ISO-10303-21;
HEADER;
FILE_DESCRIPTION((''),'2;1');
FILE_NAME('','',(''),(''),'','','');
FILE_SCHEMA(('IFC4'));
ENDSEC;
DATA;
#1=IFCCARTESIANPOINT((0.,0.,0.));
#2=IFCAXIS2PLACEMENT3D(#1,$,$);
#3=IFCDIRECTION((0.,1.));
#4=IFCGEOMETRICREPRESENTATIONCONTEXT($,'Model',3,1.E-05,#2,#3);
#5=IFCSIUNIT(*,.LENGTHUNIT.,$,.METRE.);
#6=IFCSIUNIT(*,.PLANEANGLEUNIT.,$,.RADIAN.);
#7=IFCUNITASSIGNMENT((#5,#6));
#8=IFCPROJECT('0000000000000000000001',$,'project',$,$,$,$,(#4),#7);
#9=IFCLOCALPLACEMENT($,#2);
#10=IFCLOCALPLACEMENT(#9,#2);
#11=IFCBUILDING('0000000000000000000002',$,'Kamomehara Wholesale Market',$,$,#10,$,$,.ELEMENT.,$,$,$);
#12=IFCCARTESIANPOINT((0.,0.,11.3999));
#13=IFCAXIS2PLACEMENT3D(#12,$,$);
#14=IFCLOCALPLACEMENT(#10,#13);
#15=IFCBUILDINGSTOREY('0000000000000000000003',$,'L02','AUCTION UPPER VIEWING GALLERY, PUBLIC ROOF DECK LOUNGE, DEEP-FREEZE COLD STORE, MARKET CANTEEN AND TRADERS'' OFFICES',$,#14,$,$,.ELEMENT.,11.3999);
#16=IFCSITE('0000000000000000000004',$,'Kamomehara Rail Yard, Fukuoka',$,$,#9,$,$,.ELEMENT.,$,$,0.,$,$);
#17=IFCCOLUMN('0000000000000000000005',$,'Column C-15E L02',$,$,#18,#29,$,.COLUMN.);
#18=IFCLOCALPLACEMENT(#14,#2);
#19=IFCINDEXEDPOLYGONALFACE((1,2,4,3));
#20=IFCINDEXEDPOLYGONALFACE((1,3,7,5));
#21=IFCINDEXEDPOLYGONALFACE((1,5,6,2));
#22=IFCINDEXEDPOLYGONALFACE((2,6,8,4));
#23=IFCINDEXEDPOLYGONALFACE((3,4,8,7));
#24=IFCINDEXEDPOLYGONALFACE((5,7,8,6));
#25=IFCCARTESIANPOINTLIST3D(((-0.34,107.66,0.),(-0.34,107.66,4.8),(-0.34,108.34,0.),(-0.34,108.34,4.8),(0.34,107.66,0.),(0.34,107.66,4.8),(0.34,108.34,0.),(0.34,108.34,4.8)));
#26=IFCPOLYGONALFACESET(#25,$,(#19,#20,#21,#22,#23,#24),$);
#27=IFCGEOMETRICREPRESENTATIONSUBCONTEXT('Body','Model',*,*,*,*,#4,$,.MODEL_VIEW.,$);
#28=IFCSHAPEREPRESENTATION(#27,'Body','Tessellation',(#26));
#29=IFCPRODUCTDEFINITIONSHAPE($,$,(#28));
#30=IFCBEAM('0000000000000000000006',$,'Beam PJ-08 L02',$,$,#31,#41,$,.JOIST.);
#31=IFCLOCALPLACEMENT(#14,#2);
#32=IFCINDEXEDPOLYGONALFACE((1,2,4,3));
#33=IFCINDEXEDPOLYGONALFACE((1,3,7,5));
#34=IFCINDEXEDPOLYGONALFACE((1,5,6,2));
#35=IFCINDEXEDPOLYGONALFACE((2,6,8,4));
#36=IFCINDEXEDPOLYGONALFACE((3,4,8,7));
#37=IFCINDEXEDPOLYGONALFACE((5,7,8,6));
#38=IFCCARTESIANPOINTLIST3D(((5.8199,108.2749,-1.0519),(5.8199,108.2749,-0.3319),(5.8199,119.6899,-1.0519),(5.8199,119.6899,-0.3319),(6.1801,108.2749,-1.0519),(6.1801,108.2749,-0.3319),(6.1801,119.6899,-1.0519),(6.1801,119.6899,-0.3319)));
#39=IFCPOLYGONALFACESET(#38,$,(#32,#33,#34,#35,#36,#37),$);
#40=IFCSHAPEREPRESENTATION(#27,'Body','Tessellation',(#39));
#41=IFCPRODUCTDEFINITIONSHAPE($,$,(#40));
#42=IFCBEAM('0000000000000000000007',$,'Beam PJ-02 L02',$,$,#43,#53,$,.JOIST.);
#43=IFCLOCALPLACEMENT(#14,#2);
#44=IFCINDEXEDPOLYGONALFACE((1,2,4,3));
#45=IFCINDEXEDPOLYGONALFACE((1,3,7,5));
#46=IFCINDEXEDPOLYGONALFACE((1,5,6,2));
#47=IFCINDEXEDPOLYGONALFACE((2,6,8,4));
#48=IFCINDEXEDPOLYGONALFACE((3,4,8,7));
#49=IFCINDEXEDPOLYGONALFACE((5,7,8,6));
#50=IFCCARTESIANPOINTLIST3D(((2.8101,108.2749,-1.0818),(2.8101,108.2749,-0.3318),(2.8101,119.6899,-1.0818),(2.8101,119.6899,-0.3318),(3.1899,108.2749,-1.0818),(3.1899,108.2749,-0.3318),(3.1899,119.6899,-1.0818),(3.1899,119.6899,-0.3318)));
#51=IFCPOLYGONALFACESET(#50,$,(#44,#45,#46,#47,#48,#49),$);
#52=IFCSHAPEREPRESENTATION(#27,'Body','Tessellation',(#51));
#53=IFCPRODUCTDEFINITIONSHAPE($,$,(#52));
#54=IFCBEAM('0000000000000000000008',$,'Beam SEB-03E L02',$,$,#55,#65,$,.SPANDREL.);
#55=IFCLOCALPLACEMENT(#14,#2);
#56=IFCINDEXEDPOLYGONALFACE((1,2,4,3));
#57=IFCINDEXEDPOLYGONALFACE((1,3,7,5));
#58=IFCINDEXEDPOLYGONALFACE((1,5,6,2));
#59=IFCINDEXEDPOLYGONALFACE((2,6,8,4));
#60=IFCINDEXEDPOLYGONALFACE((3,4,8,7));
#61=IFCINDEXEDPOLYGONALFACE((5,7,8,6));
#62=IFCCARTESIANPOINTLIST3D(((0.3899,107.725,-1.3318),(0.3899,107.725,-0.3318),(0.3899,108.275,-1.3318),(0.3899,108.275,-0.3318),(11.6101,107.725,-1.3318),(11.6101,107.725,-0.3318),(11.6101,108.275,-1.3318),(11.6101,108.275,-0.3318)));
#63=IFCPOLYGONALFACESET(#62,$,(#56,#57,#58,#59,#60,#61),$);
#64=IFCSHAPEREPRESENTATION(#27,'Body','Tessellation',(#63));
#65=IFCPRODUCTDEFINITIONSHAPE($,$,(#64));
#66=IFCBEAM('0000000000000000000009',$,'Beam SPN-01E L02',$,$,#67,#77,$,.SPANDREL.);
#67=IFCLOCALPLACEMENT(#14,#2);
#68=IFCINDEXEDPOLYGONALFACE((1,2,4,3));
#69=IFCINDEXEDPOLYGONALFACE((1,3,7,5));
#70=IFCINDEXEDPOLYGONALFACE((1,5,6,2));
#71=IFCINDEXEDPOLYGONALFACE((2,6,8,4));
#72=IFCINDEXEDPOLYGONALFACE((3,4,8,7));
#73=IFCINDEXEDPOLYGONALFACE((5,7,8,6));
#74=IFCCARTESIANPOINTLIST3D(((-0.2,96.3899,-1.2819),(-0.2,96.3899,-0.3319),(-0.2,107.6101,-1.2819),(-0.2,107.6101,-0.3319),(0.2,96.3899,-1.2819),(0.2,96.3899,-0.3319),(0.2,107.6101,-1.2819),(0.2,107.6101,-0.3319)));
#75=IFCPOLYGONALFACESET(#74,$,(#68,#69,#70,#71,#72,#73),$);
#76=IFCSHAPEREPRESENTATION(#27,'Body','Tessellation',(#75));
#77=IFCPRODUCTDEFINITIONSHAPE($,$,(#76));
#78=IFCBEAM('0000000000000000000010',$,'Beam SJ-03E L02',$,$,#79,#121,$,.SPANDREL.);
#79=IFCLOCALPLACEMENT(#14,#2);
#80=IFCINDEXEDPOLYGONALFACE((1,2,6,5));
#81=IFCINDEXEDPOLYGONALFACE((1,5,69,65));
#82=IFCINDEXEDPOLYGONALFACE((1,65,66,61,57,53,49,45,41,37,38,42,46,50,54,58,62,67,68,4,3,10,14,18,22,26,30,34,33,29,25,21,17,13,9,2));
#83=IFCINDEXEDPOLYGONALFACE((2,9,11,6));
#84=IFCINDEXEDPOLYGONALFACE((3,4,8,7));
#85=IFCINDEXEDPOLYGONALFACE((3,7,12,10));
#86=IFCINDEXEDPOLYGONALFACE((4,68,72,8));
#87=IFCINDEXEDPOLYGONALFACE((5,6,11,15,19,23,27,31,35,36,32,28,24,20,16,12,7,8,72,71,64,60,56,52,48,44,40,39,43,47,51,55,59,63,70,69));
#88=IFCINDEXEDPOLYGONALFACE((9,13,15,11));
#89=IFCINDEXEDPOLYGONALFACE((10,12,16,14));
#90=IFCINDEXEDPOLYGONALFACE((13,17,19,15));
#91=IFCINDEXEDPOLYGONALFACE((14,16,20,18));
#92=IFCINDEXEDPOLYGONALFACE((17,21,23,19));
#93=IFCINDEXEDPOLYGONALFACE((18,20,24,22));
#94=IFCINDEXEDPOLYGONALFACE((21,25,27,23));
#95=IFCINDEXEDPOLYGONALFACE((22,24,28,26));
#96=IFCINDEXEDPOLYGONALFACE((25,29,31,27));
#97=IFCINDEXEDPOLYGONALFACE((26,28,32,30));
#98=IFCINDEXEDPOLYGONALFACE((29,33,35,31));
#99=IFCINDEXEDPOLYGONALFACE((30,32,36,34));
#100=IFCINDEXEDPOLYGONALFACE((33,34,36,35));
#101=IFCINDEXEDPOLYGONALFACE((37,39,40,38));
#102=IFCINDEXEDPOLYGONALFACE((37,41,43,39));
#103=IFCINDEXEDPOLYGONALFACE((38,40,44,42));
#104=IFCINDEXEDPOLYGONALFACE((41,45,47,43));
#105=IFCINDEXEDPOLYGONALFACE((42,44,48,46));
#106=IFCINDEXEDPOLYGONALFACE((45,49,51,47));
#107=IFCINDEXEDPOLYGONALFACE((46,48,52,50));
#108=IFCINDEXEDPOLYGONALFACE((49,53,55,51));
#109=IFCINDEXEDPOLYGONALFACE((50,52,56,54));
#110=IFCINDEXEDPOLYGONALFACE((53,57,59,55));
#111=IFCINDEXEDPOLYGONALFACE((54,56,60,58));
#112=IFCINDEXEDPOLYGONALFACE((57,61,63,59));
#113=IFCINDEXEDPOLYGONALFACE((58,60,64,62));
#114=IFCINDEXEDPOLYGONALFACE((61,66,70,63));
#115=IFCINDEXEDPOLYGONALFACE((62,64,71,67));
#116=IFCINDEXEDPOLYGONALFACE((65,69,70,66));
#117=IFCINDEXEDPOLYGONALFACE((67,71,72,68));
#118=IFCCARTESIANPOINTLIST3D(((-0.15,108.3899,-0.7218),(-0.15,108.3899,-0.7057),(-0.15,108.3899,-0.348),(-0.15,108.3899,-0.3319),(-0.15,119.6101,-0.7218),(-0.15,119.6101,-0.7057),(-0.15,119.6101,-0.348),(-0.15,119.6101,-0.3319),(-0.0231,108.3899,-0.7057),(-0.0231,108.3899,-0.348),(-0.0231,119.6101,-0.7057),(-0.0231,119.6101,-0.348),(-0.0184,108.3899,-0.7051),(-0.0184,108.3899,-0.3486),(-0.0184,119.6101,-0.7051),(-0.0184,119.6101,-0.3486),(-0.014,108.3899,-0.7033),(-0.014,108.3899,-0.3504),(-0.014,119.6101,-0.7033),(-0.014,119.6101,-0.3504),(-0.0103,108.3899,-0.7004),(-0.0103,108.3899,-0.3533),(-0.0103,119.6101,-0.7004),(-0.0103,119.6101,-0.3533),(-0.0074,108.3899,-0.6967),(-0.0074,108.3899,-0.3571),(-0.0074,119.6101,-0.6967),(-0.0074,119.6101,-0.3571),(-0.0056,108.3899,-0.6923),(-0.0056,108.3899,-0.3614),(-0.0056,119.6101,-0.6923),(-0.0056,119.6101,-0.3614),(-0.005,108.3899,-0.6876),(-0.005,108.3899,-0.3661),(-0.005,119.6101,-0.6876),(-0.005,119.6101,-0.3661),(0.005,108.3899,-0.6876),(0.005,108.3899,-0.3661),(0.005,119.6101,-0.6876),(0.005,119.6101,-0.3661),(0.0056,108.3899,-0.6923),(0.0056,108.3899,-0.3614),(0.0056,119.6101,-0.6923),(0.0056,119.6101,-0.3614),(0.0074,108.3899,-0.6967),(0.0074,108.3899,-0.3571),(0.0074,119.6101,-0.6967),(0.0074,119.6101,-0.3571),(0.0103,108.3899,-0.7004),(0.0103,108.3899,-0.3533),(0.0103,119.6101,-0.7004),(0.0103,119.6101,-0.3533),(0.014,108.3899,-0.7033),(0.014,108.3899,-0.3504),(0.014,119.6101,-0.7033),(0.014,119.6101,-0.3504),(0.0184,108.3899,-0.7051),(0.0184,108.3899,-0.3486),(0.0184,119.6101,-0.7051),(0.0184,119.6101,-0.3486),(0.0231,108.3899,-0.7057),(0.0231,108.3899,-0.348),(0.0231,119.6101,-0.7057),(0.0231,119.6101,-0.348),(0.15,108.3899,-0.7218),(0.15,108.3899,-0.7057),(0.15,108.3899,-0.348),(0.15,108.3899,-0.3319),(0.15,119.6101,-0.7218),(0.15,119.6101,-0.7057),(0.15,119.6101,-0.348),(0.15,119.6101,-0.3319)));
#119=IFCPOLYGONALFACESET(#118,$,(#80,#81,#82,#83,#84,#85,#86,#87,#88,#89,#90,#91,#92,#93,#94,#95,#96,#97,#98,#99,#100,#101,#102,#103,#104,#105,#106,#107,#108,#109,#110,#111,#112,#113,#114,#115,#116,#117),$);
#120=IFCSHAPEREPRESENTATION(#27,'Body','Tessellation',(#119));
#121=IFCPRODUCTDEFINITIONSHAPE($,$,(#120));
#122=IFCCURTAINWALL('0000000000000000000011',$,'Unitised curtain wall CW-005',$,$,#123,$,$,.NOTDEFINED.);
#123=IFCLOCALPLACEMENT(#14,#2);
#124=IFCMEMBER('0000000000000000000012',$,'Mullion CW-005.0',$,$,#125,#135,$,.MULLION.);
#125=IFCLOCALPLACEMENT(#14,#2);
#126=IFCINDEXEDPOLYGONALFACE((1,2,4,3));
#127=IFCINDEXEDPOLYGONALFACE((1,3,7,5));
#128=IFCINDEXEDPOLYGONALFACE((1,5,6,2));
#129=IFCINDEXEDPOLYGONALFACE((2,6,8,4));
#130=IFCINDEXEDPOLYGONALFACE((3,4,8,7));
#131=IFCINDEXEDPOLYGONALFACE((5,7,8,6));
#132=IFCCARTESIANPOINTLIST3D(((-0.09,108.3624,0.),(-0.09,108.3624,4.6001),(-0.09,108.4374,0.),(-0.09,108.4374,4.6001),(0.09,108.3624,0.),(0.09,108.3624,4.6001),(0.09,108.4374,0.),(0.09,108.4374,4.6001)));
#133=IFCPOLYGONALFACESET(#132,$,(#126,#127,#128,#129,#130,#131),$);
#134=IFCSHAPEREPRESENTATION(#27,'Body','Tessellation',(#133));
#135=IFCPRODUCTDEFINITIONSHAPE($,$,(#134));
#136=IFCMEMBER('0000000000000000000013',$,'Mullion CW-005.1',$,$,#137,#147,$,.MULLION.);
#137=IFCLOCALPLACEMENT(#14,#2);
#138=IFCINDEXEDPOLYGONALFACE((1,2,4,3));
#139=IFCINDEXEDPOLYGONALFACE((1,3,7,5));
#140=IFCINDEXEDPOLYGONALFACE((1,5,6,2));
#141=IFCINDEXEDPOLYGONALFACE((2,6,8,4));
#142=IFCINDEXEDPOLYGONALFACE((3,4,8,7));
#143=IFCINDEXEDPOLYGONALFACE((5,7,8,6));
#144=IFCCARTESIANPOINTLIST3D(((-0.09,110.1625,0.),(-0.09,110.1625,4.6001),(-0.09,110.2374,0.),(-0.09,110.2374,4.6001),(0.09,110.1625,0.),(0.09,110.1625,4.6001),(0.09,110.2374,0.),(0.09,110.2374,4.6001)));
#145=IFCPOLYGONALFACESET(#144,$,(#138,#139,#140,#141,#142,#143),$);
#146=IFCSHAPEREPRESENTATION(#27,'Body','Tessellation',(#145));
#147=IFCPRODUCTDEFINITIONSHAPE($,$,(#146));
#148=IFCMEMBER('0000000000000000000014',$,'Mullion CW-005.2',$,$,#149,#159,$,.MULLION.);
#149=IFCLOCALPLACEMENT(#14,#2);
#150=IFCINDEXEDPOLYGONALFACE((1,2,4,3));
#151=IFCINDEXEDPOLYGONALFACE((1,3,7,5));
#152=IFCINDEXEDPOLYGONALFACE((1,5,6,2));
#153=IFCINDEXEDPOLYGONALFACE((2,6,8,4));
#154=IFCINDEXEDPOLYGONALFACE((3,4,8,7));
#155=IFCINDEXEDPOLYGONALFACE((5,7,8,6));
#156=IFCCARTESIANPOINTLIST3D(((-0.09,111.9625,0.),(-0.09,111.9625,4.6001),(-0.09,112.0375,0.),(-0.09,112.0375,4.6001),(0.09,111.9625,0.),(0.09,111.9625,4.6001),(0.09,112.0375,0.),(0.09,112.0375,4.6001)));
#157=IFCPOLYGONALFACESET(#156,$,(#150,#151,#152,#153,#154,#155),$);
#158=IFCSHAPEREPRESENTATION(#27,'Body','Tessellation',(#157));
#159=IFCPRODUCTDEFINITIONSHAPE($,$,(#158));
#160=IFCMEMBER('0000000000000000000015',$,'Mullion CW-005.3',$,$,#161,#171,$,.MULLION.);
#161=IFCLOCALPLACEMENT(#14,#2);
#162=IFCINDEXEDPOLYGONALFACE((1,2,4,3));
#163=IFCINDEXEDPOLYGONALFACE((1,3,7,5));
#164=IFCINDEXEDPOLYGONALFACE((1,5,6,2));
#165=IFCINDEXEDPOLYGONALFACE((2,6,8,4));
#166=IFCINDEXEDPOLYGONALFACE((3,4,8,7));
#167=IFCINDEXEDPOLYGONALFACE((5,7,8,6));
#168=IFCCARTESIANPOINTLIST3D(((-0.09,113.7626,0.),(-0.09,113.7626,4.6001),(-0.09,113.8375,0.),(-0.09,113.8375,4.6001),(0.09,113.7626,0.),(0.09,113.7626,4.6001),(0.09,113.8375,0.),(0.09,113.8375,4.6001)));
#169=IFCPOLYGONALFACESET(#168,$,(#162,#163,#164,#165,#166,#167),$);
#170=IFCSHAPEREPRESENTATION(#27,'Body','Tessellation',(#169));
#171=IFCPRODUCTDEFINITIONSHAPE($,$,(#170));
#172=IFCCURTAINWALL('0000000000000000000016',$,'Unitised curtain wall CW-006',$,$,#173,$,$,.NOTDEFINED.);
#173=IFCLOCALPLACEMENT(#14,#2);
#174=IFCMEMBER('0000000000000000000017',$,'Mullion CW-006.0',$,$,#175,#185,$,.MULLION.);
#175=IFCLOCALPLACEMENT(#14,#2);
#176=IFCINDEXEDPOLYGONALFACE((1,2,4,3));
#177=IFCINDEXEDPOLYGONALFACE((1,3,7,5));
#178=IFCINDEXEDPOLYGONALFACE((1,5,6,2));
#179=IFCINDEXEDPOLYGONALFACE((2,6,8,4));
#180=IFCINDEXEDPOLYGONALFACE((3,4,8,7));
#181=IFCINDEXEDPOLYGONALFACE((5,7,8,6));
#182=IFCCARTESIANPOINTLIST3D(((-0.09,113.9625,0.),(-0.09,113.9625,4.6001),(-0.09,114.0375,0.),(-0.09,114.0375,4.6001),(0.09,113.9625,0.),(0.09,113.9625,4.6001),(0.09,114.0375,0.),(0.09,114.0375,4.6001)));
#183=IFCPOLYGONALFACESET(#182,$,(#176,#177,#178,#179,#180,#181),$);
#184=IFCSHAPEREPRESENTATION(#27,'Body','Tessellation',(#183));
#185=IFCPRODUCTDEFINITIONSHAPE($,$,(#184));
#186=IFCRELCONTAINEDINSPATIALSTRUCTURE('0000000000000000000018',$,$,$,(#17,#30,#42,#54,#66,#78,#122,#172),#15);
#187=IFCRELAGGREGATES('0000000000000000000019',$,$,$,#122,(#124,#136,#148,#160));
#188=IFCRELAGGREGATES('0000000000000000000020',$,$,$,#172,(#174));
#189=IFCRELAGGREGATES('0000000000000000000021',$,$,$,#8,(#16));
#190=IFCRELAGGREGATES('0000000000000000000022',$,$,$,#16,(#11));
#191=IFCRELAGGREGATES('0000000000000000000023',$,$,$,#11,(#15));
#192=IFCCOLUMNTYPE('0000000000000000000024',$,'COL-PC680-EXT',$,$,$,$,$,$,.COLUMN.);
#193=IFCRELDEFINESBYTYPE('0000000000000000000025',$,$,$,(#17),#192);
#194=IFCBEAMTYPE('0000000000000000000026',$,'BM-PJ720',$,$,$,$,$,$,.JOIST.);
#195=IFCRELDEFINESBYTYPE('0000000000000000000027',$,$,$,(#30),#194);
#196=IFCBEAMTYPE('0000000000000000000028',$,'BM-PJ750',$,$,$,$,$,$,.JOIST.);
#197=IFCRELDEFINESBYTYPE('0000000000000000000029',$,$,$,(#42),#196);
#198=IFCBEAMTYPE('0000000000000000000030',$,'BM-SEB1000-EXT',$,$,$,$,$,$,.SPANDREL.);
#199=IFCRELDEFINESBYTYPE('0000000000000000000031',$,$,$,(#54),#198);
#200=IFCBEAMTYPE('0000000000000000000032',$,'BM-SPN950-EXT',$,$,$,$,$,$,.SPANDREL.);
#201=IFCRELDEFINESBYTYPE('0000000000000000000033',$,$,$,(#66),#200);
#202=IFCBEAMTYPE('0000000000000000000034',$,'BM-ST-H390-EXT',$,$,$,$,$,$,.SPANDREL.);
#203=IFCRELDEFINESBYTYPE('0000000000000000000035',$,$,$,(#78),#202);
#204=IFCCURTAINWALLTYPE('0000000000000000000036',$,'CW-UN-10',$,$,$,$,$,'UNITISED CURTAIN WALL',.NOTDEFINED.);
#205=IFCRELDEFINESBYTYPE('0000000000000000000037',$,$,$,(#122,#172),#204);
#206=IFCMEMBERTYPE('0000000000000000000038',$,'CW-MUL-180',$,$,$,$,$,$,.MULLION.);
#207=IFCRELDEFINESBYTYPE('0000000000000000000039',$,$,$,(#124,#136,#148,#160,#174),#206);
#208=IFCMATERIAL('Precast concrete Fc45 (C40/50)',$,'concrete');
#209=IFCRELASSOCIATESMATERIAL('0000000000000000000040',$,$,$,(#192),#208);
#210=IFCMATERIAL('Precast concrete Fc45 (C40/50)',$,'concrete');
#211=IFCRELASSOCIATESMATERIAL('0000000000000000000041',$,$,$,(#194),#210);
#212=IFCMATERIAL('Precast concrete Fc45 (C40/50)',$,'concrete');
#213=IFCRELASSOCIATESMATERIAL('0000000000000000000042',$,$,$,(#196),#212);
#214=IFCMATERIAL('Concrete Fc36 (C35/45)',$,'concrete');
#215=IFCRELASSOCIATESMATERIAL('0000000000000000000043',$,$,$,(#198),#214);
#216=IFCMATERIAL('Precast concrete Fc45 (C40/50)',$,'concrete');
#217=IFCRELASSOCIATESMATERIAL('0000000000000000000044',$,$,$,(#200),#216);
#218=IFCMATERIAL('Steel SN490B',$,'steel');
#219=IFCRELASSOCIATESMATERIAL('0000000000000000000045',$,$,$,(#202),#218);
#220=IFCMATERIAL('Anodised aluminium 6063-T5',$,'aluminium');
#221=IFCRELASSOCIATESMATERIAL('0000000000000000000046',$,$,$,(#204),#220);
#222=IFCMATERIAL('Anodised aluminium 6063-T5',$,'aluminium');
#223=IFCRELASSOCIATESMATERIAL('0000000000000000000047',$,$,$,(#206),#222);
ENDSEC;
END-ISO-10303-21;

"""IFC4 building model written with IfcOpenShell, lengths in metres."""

from ifc_helpers import new_model, si_unit, direction, frame, origin, origin_2d, place, context, subcontext, project, spatial, rectangle, i_section, extrude, material, material_profile, profile_set, type_object, element, aggregate, save


model = new_model("IFC4")

# Units and contexts
model_context = context("Model", 3, precision=1e-05, world=origin(), true_north=direction((0.0, 1.0)))
body_context = subcontext(model_context, "Body", "Model", "MODEL_VIEW")
ifc_project = project(units=[si_unit("LENGTHUNIT", "METRE"), si_unit("PLANEANGLEUNIT", "RADIAN")], contexts=[model_context])

# Site, building, storey
site_placement = place(None, origin())
site = spatial("IfcSite", under=ifc_project, at=site_placement, Name="Kamomehara Rail Yard, Fukuoka", CompositionType="ELEMENT", RefElevation=0.0)
building_placement = place(site_placement, origin())
building = spatial("IfcBuilding", under=site, at=building_placement, Name="Kamomehara Wholesale Market", CompositionType="ELEMENT")
storey_placement = place(building_placement, frame((0.0, 0.0, 11.3999)))
storey = spatial("IfcBuildingStorey", under=building, at=storey_placement, Name="L02", Description="AUCTION UPPER VIEWING GALLERY, PUBLIC ROOF DECK LOUNGE, DEEP-FREEZE COLD STORE, MARKET CANTEEN AND TRADERS' OFFICES", CompositionType="ELEMENT", Elevation=11.3999)

# Column
ifc_material_1 = material(Name="Precast concrete Fc45 (C40/50)", Category="concrete")
ifc_material_profile_1 = material_profile(ifc_material_1, rectangle(XDim=0.6799, YDim=0.6799, at=origin_2d()), Name="PC-COL-680x680")
ifc_profile_set_1 = profile_set([ifc_material_profile_1], Name="Precast concrete Fc45 (C40/50)")
column_type = type_object("IfcColumnType", Name="COL-PC680-EXT", PredefinedType="COLUMN", material=ifc_profile_set_1)
column_placement = place(storey_placement, frame((0.0, 108.0, 0.0), z_axis=(0.0, 0.0, 1.0), x_axis=(1.0, 0.0, 0.0)))
element("IfcColumn", 1, at=column_placement, inside=storey, type_object=column_type, Name="Column C-15E L02", PredefinedType="COLUMN", context=body_context, shape_type="SweptSolid", body=[
    extrude(rectangle(XDim=0.6799, YDim=0.6799, at=origin_2d()), origin(), (0.0, 0.0, 1.0), 4.8),
])

# Beams
ifc_material_2 = material(Name="Precast concrete Fc45 (C40/50)", Category="concrete")
ifc_material_profile_2 = material_profile(ifc_material_2, rectangle(XDim=0.3601, YDim=0.72, at=origin_2d()), Name="PC-JST-360x720")
ifc_profile_set_2 = profile_set([ifc_material_profile_2], Name="Precast concrete Fc45 (C40/50)")
beam_type_1 = type_object("IfcBeamType", Name="BM-PJ720", PredefinedType="JOIST", material=ifc_profile_set_2)
beam_1_placement = place(storey_placement, frame((6.0, 108.2749, -0.6919), z_axis=(0.0, 1.0, 0.0), x_axis=(-1.0, 0.0, 0.0)))
element("IfcBeam", 2, at=beam_1_placement, inside=storey, type_object=beam_type_1, Name="Beam PJ-08 L02", PredefinedType="JOIST", context=body_context, shape_type="SweptSolid", body=[
    extrude(rectangle(XDim=0.3601, YDim=0.72, at=origin_2d()), origin(), (0.0, 0.0, 1.0), 11.415),
])
ifc_material_3 = material(Name="Precast concrete Fc45 (C40/50)", Category="concrete")
ifc_material_profile_3 = material_profile(ifc_material_3, rectangle(XDim=0.3799, YDim=0.75, at=origin_2d()), Name="PC-JST-380x750")
ifc_profile_set_3 = profile_set([ifc_material_profile_3], Name="Precast concrete Fc45 (C40/50)")
beam_type_2 = type_object("IfcBeamType", Name="BM-PJ750", PredefinedType="JOIST", material=ifc_profile_set_3)
beam_2_placement = place(storey_placement, frame((3.0, 108.2749, -0.7068), z_axis=(0.0, 1.0, 0.0), x_axis=(-1.0, 0.0, 0.0)))
element("IfcBeam", 3, at=beam_2_placement, inside=storey, type_object=beam_type_2, Name="Beam PJ-02 L02", PredefinedType="JOIST", context=body_context, shape_type="SweptSolid", body=[
    extrude(rectangle(XDim=0.3799, YDim=0.75, at=origin_2d()), origin(), (0.0, 0.0, 1.0), 11.415),
])
ifc_material_4 = material(Name="Concrete Fc36 (C35/45)", Category="concrete")
ifc_material_profile_4 = material_profile(ifc_material_4, rectangle(XDim=0.55, YDim=1.0, at=origin_2d()), Name="RC-SEB-550x1000")
ifc_profile_set_4 = profile_set([ifc_material_profile_4], Name="Concrete Fc36 (C35/45)")
beam_type_3 = type_object("IfcBeamType", Name="BM-SEB1000-EXT", PredefinedType="SPANDREL", material=ifc_profile_set_4)
beam_3_placement = place(storey_placement, frame((0.3899, 108.0, -0.8318), z_axis=(1.0, 0.0, 0.0), x_axis=(0.0, 1.0, 0.0)))
element("IfcBeam", 4, at=beam_3_placement, inside=storey, type_object=beam_type_3, Name="Beam SEB-03E L02", PredefinedType="SPANDREL", context=body_context, shape_type="SweptSolid", body=[
    extrude(rectangle(XDim=0.55, YDim=1.0, at=origin_2d()), origin(), (0.0, 0.0, 1.0), 11.2202),
])
ifc_material_5 = material(Name="Precast concrete Fc45 (C40/50)", Category="concrete")
ifc_material_profile_5 = material_profile(ifc_material_5, rectangle(XDim=0.3999, YDim=0.95, at=origin_2d()), Name="PC-SPN-400x950")
ifc_profile_set_5 = profile_set([ifc_material_profile_5], Name="Precast concrete Fc45 (C40/50)")
beam_type_4 = type_object("IfcBeamType", Name="BM-SPN950-EXT", PredefinedType="SPANDREL", material=ifc_profile_set_5)
beam_4_placement = place(storey_placement, frame((0.0, 96.3899, -0.8069), z_axis=(0.0, 1.0, 0.0), x_axis=(-1.0, 0.0, 0.0)))
element("IfcBeam", 5, at=beam_4_placement, inside=storey, type_object=beam_type_4, Name="Beam SPN-01E L02", PredefinedType="SPANDREL", context=body_context, shape_type="SweptSolid", body=[
    extrude(rectangle(XDim=0.3999, YDim=0.95, at=origin_2d()), origin(), (0.0, 0.0, 1.0), 11.2202),
])
ifc_material_6 = material(Name="Steel SN490B", Category="steel")
ifc_material_profile_6 = material_profile(ifc_material_6, i_section(OverallWidth=0.3, OverallDepth=0.3899, WebThickness=0.01, FlangeThickness=0.0161, FilletRadius=0.0181, at=origin_2d()), Name="H-390x300x10x16")
ifc_profile_set_6 = profile_set([ifc_material_profile_6], Name="Steel SN490B")
beam_type_5 = type_object("IfcBeamType", Name="BM-ST-H390-EXT", PredefinedType="SPANDREL", material=ifc_profile_set_6)
beam_5_placement = place(storey_placement, frame((0.0, 108.3899, -0.5269), z_axis=(0.0, 1.0, 0.0), x_axis=(-1.0, 0.0, 0.0)))
element("IfcBeam", 6, at=beam_5_placement, inside=storey, type_object=beam_type_5, Name="Beam SJ-03E L02", PredefinedType="SPANDREL", context=body_context, shape_type="SweptSolid", body=[
    extrude(i_section(OverallWidth=0.3, OverallDepth=0.3899, WebThickness=0.01, FlangeThickness=0.0161, FilletRadius=0.0181, at=origin_2d()), origin(), (0.0, 0.0, 1.0), 11.2202),
])

# Curtain walls, members
ifc_material_7 = material(Name="Anodised aluminium 6063-T5", Category="aluminium")
curtain_wall_type = type_object("IfcCurtainWallType", Name="CW-UN-10", ElementType="UNITISED CURTAIN WALL", PredefinedType="NOTDEFINED", material=ifc_material_7)
curtain_wall_1_placement = place(storey_placement, origin())
curtain_wall_1 = element("IfcCurtainWall", 7, at=curtain_wall_1_placement, inside=storey, type_object=curtain_wall_type, Name="Unitised curtain wall CW-005", PredefinedType="NOTDEFINED")
ifc_material_8 = material(Name="Anodised aluminium 6063-T5", Category="aluminium")
ifc_material_profile_7 = material_profile(ifc_material_8, rectangle(XDim=0.075, YDim=0.1799, at=origin_2d()), Name="ALU-MUL-75x180")
ifc_profile_set_7 = profile_set([ifc_material_profile_7], Name="Anodised aluminium 6063-T5")
member_type_1 = type_object("IfcMemberType", Name="CW-MUL-180", PredefinedType="MULLION", material=ifc_profile_set_7)
member_1_placement = place(storey_placement, frame((0.0, 108.3999, 0.0), z_axis=(0.0, 0.0, 1.0), x_axis=(0.0, 1.0, 0.0)))
member_1 = element("IfcMember", 8, at=member_1_placement, type_object=member_type_1, Name="Mullion CW-005.0", PredefinedType="MULLION", context=body_context, shape_type="SweptSolid", body=[
    extrude(rectangle(XDim=0.075, YDim=0.1799, at=origin_2d()), origin(), (0.0, 0.0, 1.0), 4.6001),
])
member_2_placement = place(storey_placement, frame((0.0, 110.2, 0.0), z_axis=(0.0, 0.0, 1.0), x_axis=(0.0, 1.0, 0.0)))
member_2 = element("IfcMember", 9, at=member_2_placement, type_object=member_type_1, Name="Mullion CW-005.1", PredefinedType="MULLION", context=body_context, shape_type="SweptSolid", body=[
    extrude(rectangle(XDim=0.075, YDim=0.1799, at=origin_2d()), origin(), (0.0, 0.0, 1.0), 4.6001),
])
member_3_placement = place(storey_placement, frame((0.0, 112.0, 0.0), z_axis=(0.0, 0.0, 1.0), x_axis=(0.0, 1.0, 0.0)))
member_3 = element("IfcMember", 10, at=member_3_placement, type_object=member_type_1, Name="Mullion CW-005.2", PredefinedType="MULLION", context=body_context, shape_type="SweptSolid", body=[
    extrude(rectangle(XDim=0.075, YDim=0.1799, at=origin_2d()), origin(), (0.0, 0.0, 1.0), 4.6001),
])
member_4_placement = place(storey_placement, frame((0.0, 113.8, 0.0), z_axis=(0.0, 0.0, 1.0), x_axis=(0.0, 1.0, 0.0)))
member_4 = element("IfcMember", 11, at=member_4_placement, type_object=member_type_1, Name="Mullion CW-005.3", PredefinedType="MULLION", context=body_context, shape_type="SweptSolid", body=[
    extrude(rectangle(XDim=0.075, YDim=0.1799, at=origin_2d()), origin(), (0.0, 0.0, 1.0), 4.6001),
])
curtain_wall_2_placement = place(storey_placement, origin())
curtain_wall_2 = element("IfcCurtainWall", 12, at=curtain_wall_2_placement, inside=storey, type_object=curtain_wall_type, Name="Unitised curtain wall CW-006", PredefinedType="NOTDEFINED")
member_5_placement = place(storey_placement, frame((0.0, 114.0, 0.0), z_axis=(0.0, 0.0, 1.0), x_axis=(0.0, 1.0, 0.0)))
member_5 = element("IfcMember", 13, at=member_5_placement, type_object=member_type_1, Name="Mullion CW-006.0", PredefinedType="MULLION", context=body_context, shape_type="SweptSolid", body=[
    extrude(rectangle(XDim=0.075, YDim=0.1799, at=origin_2d()), origin(), (0.0, 0.0, 1.0), 4.6001),
])

aggregate(curtain_wall_1, [member_1, member_2, member_3, member_4])
aggregate(curtain_wall_2, [member_5])

save(model, "model.ifc")
